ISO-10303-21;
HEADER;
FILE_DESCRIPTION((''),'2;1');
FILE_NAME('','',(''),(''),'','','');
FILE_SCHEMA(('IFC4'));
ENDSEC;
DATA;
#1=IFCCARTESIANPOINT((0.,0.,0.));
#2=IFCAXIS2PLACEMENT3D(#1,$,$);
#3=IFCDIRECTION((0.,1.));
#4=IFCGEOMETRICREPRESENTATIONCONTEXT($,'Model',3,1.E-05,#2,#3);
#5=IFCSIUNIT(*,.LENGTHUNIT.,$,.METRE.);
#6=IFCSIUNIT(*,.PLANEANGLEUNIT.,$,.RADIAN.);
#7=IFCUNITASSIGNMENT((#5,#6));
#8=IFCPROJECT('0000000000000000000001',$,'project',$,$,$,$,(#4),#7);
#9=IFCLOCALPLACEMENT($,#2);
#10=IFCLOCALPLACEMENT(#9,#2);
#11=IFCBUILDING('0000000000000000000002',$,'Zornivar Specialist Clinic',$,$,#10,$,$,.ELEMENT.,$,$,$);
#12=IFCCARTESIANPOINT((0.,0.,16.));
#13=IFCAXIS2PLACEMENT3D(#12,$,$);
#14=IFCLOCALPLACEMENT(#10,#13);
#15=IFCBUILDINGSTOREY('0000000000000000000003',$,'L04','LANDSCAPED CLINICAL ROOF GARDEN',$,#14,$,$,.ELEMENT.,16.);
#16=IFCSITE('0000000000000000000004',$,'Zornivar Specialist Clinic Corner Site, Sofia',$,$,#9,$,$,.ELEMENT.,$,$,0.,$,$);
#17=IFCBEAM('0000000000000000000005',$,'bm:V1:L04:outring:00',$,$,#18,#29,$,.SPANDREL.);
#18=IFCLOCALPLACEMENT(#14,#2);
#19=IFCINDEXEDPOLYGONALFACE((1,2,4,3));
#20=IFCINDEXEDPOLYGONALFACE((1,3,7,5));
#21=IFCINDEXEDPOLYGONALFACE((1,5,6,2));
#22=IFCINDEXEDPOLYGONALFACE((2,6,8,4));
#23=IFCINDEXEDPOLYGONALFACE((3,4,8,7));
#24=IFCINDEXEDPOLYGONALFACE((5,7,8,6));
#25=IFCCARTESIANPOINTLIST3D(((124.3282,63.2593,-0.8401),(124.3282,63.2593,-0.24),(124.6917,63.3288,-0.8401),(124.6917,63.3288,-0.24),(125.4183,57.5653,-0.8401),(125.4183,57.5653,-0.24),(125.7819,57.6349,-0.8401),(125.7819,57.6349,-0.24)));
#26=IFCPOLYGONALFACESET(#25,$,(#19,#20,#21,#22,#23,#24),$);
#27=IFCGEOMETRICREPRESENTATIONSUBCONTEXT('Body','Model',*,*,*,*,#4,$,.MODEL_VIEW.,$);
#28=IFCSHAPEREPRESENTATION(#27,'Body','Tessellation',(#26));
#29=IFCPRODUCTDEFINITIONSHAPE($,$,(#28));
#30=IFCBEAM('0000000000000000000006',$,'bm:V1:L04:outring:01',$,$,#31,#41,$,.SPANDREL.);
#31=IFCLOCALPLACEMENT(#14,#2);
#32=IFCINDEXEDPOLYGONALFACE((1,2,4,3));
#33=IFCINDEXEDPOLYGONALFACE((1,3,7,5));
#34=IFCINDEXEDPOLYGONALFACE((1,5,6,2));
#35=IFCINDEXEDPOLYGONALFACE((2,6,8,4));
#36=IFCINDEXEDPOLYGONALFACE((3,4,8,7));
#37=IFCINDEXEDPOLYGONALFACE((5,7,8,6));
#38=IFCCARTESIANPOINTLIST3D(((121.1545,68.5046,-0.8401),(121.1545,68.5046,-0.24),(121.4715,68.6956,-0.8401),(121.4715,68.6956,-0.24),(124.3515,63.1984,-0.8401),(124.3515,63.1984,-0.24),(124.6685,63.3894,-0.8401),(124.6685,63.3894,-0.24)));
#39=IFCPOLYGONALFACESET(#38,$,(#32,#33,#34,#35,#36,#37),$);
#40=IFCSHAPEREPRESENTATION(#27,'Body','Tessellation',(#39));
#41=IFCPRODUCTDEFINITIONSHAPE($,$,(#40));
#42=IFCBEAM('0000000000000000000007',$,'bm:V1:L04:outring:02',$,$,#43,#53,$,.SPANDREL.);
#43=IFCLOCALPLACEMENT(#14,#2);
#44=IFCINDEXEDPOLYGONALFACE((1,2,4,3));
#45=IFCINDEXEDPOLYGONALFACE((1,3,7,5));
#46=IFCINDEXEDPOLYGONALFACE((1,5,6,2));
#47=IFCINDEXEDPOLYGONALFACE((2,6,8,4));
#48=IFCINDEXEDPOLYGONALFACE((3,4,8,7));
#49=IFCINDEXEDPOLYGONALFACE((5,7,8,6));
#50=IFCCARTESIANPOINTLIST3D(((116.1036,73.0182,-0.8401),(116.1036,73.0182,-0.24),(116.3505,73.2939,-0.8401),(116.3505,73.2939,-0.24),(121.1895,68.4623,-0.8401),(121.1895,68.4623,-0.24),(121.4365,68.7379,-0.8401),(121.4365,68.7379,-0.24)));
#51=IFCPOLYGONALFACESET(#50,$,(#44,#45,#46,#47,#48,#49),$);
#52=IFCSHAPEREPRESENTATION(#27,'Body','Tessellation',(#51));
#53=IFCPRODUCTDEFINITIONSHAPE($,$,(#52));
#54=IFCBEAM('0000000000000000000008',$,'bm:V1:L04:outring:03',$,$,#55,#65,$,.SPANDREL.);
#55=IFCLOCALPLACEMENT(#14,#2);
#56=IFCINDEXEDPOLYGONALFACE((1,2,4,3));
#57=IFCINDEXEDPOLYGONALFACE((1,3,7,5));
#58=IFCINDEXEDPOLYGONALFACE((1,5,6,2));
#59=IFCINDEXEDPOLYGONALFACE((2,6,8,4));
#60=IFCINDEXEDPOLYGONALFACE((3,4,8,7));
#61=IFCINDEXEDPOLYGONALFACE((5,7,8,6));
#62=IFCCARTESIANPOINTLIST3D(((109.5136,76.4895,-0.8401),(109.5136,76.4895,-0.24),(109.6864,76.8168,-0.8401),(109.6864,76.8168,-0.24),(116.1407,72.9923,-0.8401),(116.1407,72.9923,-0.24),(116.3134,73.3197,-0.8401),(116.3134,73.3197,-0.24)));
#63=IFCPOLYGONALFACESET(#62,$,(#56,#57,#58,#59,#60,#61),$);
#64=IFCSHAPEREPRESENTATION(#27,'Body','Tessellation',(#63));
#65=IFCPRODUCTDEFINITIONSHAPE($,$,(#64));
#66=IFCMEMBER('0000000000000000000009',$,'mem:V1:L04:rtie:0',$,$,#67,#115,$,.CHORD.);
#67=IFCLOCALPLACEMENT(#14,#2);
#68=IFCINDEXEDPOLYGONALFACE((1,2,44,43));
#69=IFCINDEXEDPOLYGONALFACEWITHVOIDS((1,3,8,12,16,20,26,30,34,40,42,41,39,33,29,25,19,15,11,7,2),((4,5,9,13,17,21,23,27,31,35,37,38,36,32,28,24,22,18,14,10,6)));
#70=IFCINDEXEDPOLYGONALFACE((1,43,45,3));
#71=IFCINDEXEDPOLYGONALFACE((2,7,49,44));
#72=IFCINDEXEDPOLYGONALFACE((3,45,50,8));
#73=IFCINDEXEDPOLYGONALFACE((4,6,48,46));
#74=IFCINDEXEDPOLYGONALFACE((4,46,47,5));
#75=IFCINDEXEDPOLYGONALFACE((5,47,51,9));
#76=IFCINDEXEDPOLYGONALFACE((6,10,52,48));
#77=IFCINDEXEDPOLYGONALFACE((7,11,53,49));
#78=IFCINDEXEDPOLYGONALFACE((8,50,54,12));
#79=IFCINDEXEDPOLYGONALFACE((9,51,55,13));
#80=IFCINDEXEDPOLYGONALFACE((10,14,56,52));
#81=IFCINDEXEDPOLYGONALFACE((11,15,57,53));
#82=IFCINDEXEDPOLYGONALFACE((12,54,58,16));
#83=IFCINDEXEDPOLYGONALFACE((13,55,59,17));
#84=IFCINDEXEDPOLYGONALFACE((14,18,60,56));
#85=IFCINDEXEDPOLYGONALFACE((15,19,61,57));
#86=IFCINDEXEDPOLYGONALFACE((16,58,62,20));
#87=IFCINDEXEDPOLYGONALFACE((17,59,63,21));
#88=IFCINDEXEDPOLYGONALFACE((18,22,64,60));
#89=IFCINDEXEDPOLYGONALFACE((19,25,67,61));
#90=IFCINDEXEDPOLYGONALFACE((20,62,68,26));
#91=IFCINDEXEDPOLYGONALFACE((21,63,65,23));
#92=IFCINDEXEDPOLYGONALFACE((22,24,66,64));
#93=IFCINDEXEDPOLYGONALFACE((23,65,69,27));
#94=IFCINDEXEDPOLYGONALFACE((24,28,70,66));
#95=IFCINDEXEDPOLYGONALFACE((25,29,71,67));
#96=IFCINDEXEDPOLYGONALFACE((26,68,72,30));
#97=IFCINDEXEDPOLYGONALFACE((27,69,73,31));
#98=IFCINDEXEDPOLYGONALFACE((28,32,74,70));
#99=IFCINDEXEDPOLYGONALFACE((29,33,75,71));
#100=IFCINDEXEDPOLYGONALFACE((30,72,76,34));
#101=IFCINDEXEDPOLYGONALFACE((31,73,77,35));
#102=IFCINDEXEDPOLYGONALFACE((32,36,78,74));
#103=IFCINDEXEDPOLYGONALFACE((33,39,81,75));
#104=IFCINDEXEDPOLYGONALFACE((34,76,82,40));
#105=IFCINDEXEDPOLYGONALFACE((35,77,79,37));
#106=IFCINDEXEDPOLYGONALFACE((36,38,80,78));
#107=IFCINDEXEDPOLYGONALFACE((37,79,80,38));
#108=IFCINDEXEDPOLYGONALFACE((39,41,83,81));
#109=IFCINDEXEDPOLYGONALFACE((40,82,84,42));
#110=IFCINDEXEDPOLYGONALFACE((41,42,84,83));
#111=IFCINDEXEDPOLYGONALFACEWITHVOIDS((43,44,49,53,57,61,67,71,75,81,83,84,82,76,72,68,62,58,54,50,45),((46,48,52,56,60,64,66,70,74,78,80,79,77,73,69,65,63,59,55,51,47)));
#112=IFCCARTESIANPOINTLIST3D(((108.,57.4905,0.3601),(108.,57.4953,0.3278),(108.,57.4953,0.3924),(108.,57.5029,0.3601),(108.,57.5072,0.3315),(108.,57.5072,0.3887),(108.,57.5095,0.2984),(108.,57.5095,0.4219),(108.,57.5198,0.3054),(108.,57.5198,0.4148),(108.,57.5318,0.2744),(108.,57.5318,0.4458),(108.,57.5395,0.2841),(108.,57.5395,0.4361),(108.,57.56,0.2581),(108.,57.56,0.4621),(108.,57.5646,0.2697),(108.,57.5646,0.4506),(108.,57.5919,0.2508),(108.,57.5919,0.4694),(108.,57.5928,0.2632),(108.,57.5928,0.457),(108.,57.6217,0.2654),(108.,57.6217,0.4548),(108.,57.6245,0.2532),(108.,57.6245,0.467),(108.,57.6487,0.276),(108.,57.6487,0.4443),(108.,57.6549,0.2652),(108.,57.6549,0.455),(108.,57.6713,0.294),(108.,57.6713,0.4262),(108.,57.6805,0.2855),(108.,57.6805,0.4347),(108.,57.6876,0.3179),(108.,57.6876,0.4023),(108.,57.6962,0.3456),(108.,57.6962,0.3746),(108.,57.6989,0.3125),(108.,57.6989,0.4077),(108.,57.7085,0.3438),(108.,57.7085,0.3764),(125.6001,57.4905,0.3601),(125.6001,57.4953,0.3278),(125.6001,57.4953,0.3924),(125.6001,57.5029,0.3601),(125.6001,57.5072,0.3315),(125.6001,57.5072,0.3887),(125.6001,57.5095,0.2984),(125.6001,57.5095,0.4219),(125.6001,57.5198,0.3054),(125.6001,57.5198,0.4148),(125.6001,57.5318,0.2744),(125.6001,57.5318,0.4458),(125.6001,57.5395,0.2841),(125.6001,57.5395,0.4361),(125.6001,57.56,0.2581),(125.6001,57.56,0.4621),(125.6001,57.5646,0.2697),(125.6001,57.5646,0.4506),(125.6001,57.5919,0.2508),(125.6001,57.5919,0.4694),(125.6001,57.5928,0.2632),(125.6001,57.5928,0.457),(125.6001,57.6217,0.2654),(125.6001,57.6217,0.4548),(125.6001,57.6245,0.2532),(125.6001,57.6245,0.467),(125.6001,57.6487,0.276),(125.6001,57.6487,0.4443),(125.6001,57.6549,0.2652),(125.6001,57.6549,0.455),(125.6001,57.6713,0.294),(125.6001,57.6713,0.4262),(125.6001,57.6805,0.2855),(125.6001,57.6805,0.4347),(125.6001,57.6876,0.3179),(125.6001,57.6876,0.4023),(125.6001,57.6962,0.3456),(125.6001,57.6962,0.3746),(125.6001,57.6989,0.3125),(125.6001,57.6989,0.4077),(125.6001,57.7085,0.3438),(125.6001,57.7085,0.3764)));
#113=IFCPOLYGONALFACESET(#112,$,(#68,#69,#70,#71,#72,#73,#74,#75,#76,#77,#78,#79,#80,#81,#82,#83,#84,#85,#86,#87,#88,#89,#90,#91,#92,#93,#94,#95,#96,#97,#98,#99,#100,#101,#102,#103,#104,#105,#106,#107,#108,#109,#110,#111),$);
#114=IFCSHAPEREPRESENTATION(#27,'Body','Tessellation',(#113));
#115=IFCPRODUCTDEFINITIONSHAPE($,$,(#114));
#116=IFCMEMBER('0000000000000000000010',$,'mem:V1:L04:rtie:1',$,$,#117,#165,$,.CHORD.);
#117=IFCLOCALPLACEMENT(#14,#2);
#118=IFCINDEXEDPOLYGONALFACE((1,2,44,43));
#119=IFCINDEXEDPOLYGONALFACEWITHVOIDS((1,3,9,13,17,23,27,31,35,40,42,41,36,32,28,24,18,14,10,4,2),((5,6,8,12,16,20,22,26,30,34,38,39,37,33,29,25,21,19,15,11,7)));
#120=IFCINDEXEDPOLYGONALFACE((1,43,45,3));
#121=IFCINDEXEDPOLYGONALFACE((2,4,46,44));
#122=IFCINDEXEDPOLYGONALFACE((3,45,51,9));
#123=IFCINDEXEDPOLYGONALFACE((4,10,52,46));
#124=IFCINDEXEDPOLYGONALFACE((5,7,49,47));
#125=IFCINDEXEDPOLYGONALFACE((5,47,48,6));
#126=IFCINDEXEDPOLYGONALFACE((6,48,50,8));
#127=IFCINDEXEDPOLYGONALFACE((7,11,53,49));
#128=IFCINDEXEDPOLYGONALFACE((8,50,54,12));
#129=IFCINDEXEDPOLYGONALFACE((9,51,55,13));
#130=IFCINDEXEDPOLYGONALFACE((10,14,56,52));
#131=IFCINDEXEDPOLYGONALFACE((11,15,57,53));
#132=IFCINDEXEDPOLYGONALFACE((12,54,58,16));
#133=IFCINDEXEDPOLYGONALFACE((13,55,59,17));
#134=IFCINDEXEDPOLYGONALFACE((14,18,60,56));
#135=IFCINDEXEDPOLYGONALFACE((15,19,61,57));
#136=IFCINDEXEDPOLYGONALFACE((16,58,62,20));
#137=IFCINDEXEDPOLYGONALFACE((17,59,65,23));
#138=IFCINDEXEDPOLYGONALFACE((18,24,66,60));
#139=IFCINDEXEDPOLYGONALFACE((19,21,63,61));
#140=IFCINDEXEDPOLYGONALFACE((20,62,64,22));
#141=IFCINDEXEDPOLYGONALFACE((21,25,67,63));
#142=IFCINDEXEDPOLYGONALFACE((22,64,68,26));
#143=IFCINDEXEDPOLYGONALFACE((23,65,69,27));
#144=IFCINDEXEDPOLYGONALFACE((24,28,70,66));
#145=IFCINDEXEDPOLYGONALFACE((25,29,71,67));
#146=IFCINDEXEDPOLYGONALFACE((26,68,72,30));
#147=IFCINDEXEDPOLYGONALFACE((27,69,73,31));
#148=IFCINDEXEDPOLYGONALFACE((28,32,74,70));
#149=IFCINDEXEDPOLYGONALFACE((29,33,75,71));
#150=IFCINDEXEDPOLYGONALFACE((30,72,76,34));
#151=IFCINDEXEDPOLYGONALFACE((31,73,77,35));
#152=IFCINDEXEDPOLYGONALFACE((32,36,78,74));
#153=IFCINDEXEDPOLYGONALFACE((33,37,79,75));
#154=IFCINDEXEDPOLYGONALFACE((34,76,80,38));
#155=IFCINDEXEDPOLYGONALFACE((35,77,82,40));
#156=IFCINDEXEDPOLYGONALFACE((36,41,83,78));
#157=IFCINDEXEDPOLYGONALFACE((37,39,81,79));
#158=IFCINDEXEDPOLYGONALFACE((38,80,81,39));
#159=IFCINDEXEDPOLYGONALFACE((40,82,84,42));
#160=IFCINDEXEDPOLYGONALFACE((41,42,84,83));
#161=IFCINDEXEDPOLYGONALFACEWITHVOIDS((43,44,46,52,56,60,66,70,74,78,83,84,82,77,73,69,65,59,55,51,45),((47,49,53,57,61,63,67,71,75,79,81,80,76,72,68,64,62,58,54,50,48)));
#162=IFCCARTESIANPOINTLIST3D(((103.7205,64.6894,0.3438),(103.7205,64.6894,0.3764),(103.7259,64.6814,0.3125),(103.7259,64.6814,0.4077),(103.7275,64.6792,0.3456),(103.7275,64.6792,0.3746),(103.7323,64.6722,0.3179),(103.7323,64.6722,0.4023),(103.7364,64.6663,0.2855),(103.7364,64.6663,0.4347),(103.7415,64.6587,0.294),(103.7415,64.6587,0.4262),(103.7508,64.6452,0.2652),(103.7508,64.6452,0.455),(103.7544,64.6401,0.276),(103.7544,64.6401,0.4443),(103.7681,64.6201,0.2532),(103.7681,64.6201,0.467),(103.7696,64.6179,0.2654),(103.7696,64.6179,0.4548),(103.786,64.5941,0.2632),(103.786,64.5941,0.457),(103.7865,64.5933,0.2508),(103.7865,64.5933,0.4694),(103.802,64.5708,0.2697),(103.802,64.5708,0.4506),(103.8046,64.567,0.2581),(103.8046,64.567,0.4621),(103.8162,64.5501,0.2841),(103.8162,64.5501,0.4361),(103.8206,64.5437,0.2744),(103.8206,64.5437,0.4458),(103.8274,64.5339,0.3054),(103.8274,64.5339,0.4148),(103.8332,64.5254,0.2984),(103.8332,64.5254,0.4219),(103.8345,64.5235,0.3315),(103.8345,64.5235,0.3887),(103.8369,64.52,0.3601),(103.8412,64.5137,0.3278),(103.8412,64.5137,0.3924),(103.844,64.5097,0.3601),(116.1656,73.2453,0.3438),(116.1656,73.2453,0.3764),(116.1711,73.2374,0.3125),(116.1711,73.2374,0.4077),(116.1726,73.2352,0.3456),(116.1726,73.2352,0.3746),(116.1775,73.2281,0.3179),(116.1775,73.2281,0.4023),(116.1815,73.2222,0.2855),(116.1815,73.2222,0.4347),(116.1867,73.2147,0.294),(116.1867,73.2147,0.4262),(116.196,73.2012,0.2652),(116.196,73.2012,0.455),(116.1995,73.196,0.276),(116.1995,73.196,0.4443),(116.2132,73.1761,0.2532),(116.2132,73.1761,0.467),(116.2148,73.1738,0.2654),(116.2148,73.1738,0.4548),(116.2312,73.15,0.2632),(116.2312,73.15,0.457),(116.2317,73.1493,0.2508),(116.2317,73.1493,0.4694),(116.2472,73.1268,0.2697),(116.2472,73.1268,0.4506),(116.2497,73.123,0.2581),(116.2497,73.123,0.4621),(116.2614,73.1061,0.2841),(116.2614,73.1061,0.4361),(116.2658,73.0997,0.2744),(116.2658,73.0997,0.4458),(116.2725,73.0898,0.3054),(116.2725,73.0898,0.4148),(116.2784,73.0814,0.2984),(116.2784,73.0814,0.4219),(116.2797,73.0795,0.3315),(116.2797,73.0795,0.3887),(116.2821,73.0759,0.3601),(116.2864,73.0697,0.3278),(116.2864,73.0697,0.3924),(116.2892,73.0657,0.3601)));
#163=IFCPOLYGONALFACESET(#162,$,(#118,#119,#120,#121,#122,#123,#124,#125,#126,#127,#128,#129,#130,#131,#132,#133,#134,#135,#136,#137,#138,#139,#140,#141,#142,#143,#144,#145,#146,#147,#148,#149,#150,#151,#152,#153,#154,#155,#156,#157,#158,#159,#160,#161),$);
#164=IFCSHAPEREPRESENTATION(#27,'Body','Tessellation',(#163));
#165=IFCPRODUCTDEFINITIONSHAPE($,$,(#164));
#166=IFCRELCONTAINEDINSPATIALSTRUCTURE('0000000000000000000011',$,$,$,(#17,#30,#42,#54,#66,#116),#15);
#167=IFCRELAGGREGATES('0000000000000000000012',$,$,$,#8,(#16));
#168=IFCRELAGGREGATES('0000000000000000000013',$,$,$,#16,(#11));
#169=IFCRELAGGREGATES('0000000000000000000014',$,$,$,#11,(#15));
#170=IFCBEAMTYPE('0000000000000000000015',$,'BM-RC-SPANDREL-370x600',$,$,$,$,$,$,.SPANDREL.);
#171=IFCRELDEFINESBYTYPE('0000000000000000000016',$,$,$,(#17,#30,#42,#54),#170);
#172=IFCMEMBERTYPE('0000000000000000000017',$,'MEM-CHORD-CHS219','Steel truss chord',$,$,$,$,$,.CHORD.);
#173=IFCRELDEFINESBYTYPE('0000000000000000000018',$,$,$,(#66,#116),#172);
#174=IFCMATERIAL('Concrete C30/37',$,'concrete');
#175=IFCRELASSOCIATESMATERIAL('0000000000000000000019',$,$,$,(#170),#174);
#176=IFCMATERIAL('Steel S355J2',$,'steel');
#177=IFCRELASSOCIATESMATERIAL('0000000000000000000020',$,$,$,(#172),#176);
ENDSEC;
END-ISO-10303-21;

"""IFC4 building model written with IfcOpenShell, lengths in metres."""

from ifc_helpers import new_model, si_unit, direction, frame, origin, origin_2d, place, context, subcontext, project, spatial, rectangle, hollow_circle, extrude, material, material_profile, profile_set, type_object, element, save


model = new_model("IFC4")

# Units and contexts
model_context = context("Model", 3, precision=1e-05, world=origin(), true_north=direction((0.0, 1.0)))
body_context = subcontext(model_context, "Body", "Model", "MODEL_VIEW")
ifc_project = project(units=[si_unit("LENGTHUNIT", "METRE"), si_unit("PLANEANGLEUNIT", "RADIAN")], contexts=[model_context])

# Site, building, storey
site_placement = place(None, origin())
site = spatial("IfcSite", under=ifc_project, at=site_placement, Name="Zornivar Specialist Clinic Corner Site, Sofia", CompositionType="ELEMENT", RefElevation=0.0)
building_placement = place(site_placement, origin())
building = spatial("IfcBuilding", under=site, at=building_placement, Name="Zornivar Specialist Clinic", CompositionType="ELEMENT")
storey_placement = place(building_placement, frame((0.0, 0.0, 16.0)))
storey = spatial("IfcBuildingStorey", under=building, at=storey_placement, Name="L04", Description="LANDSCAPED CLINICAL ROOF GARDEN", CompositionType="ELEMENT", Elevation=16.0)

# Beams
ifc_material_1 = material(Name="Concrete C30/37", Category="concrete")
ifc_material_profile_1 = material_profile(ifc_material_1, rectangle(XDim=0.3701, YDim=0.6001, at=origin_2d()), Name="RC 370x600")
ifc_profile_set_1 = profile_set([ifc_material_profile_1], Name="Concrete C30/37")
beam_type = type_object("IfcBeamType", Name="BM-RC-SPANDREL-370x600", PredefinedType="SPANDREL", material=ifc_profile_set_1)
beam_1_placement = place(storey_placement, frame((125.6001, 57.6001, -0.54), z_axis=(-0.188035, 0.982162, 0.0), x_axis=(-0.982162, -0.188035, 0.0)))
element("IfcBeam", 1, at=beam_1_placement, inside=storey, type_object=beam_type, Name="bm:V1:L04:outring:00", PredefinedType="SPANDREL", context=body_context, shape_type="SweptSolid", body=[
    extrude(rectangle(XDim=0.3701, YDim=0.6001, at=origin_2d()), origin(), (0.0, 0.0, 1.0), 5.7974),
])
beam_2_placement = place(storey_placement, frame((124.51, 63.2939, -0.54), z_axis=(-0.516077, 0.856542, 0.0), x_axis=(-0.856542, -0.516077, 0.0)))
element("IfcBeam", 2, at=beam_2_placement, inside=storey, type_object=beam_type, Name="bm:V1:L04:outring:01", PredefinedType="SPANDREL", context=body_context, shape_type="SweptSolid", body=[
    extrude(rectangle(XDim=0.3701, YDim=0.6001, at=origin_2d()), origin(), (0.0, 0.0, 1.0), 6.1948),
])
beam_3_placement = place(storey_placement, frame((121.313, 68.6001, -0.54), z_axis=(-0.744853, 0.667228, 0.0), x_axis=(-0.667228, -0.744853, 0.0)))
element("IfcBeam", 3, at=beam_3_placement, inside=storey, type_object=beam_type, Name="bm:V1:L04:outring:02", PredefinedType="SPANDREL", context=body_context, shape_type="SweptSolid", body=[
    extrude(rectangle(XDim=0.3701, YDim=0.6001, at=origin_2d()), origin(), (0.0, 0.0, 1.0), 6.8281),
])
beam_4_placement = place(storey_placement, frame((116.2271, 73.156, -0.54), z_axis=(-0.884412, 0.466708, 0.0), x_axis=(-0.466708, -0.884412, 0.0)))
element("IfcBeam", 4, at=beam_4_placement, inside=storey, type_object=beam_type, Name="bm:V1:L04:outring:03", PredefinedType="SPANDREL", context=body_context, shape_type="SweptSolid", body=[
    extrude(rectangle(XDim=0.3701, YDim=0.6001, at=origin_2d()), origin(), (0.0, 0.0, 1.0), 7.4932),
])

# Members
ifc_material_2 = material(Name="Steel S355J2", Category="steel")
ifc_material_profile_2 = material_profile(ifc_material_2, hollow_circle(Radius=0.1096, WallThickness=0.0125, at=origin_2d()), Name="CHS 219.1x12.5")
ifc_profile_set_2 = profile_set([ifc_material_profile_2], Name="Steel S355J2")
member_type_1 = type_object("IfcMemberType", Name="MEM-CHORD-CHS219", Description="Steel truss chord", PredefinedType="CHORD", material=ifc_profile_set_2)
member_1_placement = place(storey_placement, frame((125.6001, 57.6001, 0.3601), z_axis=(-1.0, 0.0, 0.0), x_axis=(0.0, -1.0, 0.0)))
element("IfcMember", 5, at=member_1_placement, inside=storey, type_object=member_type_1, Name="mem:V1:L04:rtie:0", PredefinedType="CHORD", context=body_context, shape_type="SweptSolid", body=[
    extrude(hollow_circle(Radius=0.1096, WallThickness=0.0125, at=origin_2d()), origin(), (0.0, 0.0, 1.0), 17.6001),
])
member_2_placement = place(storey_placement, frame((116.2271, 73.156, 0.3601), z_axis=(-0.824044, -0.566525, 0.0), x_axis=(0.566525, -0.824044, 0.0)))
element("IfcMember", 6, at=member_2_placement, inside=storey, type_object=member_type_1, Name="mem:V1:L04:rtie:1", PredefinedType="CHORD", context=body_context, shape_type="SweptSolid", body=[
    extrude(hollow_circle(Radius=0.1096, WallThickness=0.0125, at=origin_2d()), origin(), (0.0, 0.0, 1.0), 15.1025),
])

save(model, "model.ifc")
